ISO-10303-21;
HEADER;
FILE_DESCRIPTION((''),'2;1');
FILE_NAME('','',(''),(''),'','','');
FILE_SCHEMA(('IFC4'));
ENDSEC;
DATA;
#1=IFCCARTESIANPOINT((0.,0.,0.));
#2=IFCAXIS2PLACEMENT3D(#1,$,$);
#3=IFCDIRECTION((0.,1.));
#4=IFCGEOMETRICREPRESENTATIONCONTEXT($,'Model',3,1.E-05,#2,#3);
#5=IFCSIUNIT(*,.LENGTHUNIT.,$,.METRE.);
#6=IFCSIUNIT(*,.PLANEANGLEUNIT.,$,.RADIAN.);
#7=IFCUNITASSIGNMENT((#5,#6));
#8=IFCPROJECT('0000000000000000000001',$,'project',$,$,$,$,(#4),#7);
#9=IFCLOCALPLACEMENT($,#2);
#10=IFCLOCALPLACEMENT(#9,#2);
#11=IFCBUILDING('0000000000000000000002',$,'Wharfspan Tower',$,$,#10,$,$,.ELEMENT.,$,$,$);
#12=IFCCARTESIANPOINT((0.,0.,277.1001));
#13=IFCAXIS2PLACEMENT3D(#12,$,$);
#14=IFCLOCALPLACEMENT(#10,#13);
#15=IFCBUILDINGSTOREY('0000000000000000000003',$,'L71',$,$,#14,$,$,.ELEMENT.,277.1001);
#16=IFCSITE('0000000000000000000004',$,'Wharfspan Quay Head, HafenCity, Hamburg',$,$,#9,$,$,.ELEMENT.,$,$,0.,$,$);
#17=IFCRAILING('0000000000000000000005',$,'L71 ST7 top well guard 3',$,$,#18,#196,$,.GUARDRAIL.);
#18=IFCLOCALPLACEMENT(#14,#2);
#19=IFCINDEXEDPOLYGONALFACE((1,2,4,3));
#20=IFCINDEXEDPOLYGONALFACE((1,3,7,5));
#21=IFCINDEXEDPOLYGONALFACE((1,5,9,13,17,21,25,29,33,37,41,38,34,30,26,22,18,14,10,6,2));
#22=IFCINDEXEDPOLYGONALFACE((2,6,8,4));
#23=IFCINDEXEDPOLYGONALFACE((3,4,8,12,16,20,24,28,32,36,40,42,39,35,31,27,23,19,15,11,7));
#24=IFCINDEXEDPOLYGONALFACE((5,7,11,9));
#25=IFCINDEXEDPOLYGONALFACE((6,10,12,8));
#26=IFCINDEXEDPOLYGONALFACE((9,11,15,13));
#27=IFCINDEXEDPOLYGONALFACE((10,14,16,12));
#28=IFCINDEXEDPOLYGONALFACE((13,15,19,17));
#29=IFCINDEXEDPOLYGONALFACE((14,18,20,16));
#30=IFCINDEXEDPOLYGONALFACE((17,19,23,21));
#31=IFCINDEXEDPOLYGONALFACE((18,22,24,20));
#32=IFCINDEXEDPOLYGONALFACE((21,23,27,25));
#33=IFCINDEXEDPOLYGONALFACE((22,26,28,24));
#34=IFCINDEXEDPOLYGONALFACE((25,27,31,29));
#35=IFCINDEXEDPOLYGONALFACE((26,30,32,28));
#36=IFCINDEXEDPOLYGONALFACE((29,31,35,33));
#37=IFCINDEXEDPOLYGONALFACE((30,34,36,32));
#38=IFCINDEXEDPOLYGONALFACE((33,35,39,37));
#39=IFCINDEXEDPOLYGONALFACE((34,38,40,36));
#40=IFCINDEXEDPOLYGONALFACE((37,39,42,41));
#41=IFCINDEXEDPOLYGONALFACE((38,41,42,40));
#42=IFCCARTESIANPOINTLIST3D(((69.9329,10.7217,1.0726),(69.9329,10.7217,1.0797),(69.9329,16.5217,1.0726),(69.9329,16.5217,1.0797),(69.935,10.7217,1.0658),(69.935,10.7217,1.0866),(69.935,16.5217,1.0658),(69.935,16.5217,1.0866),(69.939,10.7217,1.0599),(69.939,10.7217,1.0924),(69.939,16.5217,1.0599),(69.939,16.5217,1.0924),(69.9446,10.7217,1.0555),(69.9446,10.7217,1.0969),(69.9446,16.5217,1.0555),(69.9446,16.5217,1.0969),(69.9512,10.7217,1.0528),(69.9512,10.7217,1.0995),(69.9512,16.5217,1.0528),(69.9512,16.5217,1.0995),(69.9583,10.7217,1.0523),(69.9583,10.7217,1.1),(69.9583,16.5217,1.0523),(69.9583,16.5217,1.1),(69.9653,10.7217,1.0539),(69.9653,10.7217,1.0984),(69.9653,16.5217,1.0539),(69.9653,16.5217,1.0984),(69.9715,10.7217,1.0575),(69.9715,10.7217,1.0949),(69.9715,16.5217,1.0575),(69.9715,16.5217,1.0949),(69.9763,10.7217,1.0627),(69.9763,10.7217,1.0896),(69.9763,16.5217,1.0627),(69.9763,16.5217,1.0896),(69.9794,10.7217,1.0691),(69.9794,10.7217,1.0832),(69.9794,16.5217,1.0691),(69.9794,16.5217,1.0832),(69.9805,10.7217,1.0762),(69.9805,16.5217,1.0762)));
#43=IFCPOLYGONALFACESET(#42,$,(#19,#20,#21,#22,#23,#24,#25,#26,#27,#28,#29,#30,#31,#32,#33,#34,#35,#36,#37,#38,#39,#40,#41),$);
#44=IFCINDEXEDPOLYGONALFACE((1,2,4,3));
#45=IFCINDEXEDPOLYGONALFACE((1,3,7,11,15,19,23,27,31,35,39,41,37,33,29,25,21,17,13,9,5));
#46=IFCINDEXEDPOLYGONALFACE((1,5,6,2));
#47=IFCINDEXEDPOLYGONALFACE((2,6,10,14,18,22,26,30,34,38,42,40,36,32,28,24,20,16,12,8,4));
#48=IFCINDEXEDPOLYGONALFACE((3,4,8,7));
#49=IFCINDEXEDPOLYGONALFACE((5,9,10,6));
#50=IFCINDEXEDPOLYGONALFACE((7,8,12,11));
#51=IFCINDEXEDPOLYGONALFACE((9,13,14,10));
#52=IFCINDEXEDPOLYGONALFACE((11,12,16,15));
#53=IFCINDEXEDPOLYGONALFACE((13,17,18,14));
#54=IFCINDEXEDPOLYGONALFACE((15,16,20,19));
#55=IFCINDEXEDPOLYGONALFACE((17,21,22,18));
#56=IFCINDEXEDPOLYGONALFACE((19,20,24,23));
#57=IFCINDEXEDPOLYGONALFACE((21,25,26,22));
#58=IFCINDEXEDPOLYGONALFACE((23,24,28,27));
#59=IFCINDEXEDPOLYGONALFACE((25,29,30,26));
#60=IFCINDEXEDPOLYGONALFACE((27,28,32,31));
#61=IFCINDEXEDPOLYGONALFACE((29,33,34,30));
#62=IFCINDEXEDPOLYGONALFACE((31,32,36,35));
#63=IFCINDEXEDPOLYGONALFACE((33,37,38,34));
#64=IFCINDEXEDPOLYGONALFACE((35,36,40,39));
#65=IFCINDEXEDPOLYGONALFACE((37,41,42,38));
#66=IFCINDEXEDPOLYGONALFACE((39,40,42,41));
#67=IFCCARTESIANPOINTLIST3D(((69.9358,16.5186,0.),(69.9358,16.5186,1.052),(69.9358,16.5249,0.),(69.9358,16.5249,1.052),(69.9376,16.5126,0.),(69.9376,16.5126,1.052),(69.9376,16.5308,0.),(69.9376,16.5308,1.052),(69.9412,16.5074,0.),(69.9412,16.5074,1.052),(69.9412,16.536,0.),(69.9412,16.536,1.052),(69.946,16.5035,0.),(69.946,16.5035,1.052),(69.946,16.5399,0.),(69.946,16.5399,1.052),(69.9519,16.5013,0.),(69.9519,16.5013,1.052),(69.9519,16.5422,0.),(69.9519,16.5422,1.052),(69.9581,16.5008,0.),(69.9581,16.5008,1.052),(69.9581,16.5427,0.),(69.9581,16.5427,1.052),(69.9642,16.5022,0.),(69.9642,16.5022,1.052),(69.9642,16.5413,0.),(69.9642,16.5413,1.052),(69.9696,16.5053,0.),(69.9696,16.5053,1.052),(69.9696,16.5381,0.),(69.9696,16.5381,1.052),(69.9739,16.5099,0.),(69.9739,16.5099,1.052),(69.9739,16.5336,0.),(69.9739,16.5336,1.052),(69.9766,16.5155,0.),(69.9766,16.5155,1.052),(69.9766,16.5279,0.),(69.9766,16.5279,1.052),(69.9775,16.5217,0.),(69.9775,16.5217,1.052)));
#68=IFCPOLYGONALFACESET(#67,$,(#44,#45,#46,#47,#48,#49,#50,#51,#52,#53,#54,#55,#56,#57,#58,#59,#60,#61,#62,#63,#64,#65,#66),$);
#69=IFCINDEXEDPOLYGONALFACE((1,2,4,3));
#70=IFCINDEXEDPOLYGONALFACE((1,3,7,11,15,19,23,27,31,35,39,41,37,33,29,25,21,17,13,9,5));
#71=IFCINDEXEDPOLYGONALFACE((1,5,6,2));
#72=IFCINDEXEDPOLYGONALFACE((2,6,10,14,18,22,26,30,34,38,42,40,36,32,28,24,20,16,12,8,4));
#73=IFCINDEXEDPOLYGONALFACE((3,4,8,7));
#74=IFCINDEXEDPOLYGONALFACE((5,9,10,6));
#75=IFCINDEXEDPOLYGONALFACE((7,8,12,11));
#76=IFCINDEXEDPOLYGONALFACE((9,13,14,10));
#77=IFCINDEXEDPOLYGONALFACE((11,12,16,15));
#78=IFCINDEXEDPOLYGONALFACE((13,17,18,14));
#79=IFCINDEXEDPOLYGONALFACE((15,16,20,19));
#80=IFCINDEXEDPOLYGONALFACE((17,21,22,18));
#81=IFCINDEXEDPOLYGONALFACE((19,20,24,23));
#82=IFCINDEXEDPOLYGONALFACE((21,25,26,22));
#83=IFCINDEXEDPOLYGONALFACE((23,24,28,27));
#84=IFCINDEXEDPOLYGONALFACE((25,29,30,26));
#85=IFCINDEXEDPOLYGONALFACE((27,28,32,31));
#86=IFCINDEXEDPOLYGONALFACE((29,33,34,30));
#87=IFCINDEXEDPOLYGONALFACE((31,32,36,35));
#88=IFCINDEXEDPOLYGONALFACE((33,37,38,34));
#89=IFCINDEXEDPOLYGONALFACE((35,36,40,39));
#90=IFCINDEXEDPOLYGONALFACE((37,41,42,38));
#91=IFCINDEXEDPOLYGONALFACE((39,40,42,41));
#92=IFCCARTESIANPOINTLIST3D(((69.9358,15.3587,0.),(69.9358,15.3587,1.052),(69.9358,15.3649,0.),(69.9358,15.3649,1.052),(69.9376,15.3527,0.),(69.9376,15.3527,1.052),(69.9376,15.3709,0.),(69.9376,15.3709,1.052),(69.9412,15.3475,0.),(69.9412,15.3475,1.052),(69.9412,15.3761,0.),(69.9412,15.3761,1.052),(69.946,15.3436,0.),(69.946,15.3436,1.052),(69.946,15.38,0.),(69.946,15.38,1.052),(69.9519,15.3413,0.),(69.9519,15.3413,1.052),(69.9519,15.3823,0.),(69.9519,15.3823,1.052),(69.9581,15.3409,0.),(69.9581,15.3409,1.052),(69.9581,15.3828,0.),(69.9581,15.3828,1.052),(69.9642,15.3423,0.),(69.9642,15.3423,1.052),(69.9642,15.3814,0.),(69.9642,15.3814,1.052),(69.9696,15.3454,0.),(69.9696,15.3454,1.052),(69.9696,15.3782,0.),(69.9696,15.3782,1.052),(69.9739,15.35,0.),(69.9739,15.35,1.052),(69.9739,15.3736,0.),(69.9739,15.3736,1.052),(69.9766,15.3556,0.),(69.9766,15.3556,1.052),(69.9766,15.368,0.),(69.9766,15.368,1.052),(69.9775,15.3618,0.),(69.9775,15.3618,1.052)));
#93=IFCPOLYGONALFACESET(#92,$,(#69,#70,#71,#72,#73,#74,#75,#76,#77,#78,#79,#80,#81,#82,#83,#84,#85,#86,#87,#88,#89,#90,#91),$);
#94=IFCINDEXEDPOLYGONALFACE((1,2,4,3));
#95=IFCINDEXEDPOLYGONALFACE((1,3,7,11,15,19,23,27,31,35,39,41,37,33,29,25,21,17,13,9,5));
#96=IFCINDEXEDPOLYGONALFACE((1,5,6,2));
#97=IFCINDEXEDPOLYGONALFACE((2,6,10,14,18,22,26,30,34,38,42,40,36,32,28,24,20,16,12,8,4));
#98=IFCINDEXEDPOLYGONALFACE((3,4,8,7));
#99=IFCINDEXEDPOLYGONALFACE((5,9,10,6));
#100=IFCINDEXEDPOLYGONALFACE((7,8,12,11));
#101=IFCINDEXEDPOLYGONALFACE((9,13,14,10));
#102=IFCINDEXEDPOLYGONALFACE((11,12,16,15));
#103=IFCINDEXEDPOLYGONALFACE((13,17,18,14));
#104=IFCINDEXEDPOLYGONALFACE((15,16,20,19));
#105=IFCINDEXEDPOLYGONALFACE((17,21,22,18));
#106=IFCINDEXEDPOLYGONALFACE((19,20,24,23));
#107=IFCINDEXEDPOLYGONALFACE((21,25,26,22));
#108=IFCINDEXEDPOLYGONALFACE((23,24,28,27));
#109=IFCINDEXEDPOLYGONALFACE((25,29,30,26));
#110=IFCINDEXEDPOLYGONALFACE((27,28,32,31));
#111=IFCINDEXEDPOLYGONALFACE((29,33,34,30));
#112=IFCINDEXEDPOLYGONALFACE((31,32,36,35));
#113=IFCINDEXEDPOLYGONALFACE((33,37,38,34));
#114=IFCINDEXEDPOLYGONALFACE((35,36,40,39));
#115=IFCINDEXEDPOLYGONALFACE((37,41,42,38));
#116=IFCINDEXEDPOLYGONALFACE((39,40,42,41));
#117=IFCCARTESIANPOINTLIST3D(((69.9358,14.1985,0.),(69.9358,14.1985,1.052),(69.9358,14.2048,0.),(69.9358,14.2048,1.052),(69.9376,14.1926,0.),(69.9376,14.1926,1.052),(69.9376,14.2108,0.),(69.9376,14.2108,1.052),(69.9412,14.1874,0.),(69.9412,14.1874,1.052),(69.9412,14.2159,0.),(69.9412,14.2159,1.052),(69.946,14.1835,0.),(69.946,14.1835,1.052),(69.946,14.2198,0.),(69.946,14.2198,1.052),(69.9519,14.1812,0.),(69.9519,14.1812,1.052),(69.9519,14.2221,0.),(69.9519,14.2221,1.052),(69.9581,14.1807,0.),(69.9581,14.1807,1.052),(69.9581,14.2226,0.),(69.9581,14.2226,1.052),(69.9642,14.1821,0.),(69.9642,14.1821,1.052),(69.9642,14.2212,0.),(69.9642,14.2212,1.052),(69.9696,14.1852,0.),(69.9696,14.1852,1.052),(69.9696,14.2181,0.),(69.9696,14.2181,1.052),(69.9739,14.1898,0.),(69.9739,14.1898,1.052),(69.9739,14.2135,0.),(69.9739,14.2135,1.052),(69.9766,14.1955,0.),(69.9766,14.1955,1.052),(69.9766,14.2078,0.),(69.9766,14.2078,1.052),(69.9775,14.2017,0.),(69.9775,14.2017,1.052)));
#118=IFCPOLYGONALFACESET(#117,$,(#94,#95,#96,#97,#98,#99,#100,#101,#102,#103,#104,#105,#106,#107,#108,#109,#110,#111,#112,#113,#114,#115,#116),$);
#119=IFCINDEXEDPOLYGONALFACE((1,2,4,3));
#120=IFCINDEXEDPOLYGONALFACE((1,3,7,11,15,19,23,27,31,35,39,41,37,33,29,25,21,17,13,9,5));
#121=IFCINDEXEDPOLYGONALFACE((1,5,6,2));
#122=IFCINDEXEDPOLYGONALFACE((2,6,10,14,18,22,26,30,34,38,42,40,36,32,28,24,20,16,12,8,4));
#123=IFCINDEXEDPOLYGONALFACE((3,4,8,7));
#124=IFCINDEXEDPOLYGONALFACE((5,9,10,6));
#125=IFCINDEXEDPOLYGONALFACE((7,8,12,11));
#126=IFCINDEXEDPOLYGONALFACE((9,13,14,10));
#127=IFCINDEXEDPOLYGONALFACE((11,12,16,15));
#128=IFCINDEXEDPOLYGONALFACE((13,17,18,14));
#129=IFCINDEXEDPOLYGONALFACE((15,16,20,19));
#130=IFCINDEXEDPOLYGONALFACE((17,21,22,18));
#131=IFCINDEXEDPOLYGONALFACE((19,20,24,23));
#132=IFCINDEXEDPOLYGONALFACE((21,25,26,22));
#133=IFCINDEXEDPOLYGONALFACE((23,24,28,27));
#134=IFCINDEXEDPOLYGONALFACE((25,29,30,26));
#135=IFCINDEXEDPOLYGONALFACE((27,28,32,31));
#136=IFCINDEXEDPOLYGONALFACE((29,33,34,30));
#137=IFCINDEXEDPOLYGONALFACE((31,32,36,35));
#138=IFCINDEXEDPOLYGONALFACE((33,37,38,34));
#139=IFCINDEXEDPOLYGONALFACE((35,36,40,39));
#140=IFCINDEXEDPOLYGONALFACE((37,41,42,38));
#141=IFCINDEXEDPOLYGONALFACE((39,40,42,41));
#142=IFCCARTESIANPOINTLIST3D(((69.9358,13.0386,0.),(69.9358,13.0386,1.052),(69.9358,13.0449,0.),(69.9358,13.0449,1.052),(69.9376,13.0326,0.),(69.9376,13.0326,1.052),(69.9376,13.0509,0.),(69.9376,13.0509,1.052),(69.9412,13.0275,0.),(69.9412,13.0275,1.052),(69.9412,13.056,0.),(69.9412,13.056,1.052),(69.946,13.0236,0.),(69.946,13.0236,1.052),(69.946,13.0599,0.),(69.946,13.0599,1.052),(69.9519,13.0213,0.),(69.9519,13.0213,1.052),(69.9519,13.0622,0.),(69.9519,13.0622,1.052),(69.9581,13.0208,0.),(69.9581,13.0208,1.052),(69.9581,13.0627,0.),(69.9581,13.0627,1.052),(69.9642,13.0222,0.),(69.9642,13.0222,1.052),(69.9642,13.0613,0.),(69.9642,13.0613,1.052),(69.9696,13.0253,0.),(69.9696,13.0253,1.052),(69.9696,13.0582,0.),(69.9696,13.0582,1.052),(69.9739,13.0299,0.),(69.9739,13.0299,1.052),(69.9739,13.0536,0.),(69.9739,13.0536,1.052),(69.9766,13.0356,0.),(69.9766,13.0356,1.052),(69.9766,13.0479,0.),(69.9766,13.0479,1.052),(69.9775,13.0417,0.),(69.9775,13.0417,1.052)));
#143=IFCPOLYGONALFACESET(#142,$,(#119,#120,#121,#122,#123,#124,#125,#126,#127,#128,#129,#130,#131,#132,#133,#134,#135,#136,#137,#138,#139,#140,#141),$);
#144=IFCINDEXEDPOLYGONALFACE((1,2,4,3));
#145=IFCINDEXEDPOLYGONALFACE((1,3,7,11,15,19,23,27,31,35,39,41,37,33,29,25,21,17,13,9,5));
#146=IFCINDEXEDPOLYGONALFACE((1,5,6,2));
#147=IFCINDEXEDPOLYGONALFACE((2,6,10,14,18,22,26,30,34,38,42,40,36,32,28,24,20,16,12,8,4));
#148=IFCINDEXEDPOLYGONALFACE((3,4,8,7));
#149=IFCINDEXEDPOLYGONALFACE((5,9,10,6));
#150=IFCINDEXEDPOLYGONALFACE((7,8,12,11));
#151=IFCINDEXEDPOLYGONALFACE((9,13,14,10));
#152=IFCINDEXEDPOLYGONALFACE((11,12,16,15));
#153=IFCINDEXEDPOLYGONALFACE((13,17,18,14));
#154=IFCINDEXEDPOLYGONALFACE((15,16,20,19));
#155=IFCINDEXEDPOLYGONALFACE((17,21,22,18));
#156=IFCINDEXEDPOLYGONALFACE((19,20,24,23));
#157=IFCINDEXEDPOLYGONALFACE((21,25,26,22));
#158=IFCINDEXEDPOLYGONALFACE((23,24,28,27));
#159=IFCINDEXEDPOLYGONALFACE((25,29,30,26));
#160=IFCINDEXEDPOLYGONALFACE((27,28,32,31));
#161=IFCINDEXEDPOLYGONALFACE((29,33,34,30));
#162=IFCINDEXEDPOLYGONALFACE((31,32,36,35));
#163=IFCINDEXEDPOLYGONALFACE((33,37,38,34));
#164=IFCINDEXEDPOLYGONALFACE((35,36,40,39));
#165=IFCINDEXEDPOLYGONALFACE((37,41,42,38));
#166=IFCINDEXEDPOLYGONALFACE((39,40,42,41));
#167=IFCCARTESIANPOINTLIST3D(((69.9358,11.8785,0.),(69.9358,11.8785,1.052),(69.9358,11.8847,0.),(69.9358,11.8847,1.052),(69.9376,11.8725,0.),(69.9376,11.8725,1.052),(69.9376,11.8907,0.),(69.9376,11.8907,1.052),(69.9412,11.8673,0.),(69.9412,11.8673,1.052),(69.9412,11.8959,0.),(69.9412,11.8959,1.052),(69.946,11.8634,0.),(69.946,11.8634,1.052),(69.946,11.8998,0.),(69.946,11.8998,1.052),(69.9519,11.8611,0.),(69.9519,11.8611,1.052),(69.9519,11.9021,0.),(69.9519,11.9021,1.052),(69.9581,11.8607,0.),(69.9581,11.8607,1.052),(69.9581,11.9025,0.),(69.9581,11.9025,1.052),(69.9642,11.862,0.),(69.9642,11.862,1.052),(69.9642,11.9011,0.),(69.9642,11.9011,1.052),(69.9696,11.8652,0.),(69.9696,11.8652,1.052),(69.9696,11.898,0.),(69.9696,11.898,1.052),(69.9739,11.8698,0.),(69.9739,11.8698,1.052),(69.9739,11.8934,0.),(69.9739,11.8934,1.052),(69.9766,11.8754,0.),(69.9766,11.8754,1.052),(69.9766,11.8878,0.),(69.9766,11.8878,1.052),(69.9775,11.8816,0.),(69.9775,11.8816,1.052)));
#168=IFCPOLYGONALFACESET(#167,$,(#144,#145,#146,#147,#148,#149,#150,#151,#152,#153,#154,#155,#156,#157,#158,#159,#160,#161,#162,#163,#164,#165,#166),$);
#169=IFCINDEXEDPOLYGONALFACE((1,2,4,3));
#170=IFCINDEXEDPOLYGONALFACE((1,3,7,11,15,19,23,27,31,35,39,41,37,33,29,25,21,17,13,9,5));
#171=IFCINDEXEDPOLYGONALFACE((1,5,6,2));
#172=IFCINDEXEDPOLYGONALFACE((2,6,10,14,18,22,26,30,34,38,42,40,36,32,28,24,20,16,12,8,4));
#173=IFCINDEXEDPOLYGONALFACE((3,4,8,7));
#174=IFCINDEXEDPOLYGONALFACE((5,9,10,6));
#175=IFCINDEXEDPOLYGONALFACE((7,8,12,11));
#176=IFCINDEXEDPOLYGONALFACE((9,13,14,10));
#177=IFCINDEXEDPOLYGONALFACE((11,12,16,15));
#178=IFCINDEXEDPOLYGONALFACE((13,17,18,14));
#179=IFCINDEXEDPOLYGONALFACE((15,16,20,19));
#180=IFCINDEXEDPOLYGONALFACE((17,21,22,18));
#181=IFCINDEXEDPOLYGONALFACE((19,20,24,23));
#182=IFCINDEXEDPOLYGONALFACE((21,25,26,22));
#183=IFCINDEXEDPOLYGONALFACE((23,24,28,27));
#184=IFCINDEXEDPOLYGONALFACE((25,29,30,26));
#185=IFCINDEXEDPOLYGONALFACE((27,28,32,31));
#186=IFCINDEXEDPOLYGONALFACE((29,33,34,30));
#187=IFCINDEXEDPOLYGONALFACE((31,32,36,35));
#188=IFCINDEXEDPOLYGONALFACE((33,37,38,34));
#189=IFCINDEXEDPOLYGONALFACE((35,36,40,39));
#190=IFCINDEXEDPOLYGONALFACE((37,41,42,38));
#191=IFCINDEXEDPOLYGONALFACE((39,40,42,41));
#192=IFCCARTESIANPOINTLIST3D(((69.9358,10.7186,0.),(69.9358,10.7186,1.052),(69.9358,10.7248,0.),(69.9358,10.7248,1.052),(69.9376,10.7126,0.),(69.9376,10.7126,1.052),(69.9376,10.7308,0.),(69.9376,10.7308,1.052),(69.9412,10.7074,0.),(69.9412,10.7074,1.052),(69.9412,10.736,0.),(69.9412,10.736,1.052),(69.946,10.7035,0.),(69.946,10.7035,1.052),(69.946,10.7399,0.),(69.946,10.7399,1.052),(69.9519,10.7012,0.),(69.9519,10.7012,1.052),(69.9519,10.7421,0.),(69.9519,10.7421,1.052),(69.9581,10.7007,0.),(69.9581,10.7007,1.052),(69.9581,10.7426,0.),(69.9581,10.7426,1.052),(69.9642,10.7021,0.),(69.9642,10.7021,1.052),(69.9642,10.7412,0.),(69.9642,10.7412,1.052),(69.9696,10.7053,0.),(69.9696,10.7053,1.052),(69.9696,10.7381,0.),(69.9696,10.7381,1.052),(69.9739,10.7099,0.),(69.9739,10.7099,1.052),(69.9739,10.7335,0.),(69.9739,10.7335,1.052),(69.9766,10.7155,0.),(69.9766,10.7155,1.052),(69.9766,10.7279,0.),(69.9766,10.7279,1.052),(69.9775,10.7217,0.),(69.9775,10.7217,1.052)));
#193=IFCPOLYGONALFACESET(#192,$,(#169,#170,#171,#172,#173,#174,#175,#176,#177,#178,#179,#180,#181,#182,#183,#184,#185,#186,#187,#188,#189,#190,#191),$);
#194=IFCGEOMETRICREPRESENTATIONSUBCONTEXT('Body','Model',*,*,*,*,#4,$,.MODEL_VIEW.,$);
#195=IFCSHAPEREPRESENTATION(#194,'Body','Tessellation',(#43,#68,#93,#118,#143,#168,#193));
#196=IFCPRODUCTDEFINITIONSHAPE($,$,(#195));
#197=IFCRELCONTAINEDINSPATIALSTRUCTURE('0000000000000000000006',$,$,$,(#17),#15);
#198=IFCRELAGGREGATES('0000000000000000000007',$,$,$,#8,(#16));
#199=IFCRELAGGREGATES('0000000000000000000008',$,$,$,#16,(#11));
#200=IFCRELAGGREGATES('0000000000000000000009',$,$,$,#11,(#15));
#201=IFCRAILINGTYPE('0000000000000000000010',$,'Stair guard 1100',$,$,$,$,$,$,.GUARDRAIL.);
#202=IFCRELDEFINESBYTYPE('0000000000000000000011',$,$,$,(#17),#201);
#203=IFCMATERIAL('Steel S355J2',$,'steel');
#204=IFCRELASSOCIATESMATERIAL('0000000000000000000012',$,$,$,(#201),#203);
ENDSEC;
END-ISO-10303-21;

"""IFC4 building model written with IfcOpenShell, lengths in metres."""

from ifc_helpers import new_model, si_unit, direction, frame, origin, origin_2d, place, context, subcontext, project, spatial, circle, extrude, material, type_object, element, save


model = new_model("IFC4")

# Units and contexts
model_context = context("Model", 3, precision=1e-05, world=origin(), true_north=direction((0.0, 1.0)))
body_context = subcontext(model_context, "Body", "Model", "MODEL_VIEW")
ifc_project = project(units=[si_unit("LENGTHUNIT", "METRE"), si_unit("PLANEANGLEUNIT", "RADIAN")], contexts=[model_context])

# Site, building, storey
site_placement = place(None, origin())
site = spatial("IfcSite", under=ifc_project, at=site_placement, Name="Wharfspan Quay Head, HafenCity, Hamburg", CompositionType="ELEMENT", RefElevation=0.0)
building_placement = place(site_placement, origin())
building = spatial("IfcBuilding", under=site, at=building_placement, Name="Wharfspan Tower", CompositionType="ELEMENT")
storey_placement = place(building_placement, frame((0.0, 0.0, 277.1001)))
storey = spatial("IfcBuildingStorey", under=building, at=storey_placement, Name="L71", CompositionType="ELEMENT", Elevation=277.1001)

# Shared definitions
ifc_material_1 = material(Name="Steel S355J2", Category="steel")

# Railing
railing_type = type_object("IfcRailingType", Name="Stair guard 1100", PredefinedType="GUARDRAIL", material=ifc_material_1)
railing_1_placement = place(storey_placement, frame((69.9565, 16.5217, 0.0)))
element("IfcRailing", 1, at=railing_1_placement, inside=storey, type_object=railing_type, Name="L71 ST7 top well guard 3", PredefinedType="GUARDRAIL", context=body_context, shape_type="SweptSolid", body=[
    extrude(circle(Radius=0.0239, at=origin_2d()), frame((0.0, 0.0, 1.0762), z_axis=(0.0, -1.0, 0.0), x_axis=(1.0, 0.0, 0.0)), (0.0, 0.0, 1.0), 5.8),
    extrude(circle(Radius=0.021, at=origin_2d()), origin(), (0.0, 0.0, 1.0), 1.052),
    extrude(circle(Radius=0.021, at=origin_2d()), frame((0.0, -1.1599, 0.0)), (0.0, 0.0, 1.0), 1.052),
    extrude(circle(Radius=0.021, at=origin_2d()), frame((0.0, -2.3201, 0.0)), (0.0, 0.0, 1.0), 1.052),
    extrude(circle(Radius=0.021, at=origin_2d()), frame((0.0, -3.48, 0.0)), (0.0, 0.0, 1.0), 1.052),
    extrude(circle(Radius=0.021, at=origin_2d()), frame((0.0, -4.6401, 0.0)), (0.0, 0.0, 1.0), 1.052),
    extrude(circle(Radius=0.021, at=origin_2d()), frame((0.0, -5.8, 0.0)), (0.0, 0.0, 1.0), 1.052),
])

save(model, "model.ifc")
